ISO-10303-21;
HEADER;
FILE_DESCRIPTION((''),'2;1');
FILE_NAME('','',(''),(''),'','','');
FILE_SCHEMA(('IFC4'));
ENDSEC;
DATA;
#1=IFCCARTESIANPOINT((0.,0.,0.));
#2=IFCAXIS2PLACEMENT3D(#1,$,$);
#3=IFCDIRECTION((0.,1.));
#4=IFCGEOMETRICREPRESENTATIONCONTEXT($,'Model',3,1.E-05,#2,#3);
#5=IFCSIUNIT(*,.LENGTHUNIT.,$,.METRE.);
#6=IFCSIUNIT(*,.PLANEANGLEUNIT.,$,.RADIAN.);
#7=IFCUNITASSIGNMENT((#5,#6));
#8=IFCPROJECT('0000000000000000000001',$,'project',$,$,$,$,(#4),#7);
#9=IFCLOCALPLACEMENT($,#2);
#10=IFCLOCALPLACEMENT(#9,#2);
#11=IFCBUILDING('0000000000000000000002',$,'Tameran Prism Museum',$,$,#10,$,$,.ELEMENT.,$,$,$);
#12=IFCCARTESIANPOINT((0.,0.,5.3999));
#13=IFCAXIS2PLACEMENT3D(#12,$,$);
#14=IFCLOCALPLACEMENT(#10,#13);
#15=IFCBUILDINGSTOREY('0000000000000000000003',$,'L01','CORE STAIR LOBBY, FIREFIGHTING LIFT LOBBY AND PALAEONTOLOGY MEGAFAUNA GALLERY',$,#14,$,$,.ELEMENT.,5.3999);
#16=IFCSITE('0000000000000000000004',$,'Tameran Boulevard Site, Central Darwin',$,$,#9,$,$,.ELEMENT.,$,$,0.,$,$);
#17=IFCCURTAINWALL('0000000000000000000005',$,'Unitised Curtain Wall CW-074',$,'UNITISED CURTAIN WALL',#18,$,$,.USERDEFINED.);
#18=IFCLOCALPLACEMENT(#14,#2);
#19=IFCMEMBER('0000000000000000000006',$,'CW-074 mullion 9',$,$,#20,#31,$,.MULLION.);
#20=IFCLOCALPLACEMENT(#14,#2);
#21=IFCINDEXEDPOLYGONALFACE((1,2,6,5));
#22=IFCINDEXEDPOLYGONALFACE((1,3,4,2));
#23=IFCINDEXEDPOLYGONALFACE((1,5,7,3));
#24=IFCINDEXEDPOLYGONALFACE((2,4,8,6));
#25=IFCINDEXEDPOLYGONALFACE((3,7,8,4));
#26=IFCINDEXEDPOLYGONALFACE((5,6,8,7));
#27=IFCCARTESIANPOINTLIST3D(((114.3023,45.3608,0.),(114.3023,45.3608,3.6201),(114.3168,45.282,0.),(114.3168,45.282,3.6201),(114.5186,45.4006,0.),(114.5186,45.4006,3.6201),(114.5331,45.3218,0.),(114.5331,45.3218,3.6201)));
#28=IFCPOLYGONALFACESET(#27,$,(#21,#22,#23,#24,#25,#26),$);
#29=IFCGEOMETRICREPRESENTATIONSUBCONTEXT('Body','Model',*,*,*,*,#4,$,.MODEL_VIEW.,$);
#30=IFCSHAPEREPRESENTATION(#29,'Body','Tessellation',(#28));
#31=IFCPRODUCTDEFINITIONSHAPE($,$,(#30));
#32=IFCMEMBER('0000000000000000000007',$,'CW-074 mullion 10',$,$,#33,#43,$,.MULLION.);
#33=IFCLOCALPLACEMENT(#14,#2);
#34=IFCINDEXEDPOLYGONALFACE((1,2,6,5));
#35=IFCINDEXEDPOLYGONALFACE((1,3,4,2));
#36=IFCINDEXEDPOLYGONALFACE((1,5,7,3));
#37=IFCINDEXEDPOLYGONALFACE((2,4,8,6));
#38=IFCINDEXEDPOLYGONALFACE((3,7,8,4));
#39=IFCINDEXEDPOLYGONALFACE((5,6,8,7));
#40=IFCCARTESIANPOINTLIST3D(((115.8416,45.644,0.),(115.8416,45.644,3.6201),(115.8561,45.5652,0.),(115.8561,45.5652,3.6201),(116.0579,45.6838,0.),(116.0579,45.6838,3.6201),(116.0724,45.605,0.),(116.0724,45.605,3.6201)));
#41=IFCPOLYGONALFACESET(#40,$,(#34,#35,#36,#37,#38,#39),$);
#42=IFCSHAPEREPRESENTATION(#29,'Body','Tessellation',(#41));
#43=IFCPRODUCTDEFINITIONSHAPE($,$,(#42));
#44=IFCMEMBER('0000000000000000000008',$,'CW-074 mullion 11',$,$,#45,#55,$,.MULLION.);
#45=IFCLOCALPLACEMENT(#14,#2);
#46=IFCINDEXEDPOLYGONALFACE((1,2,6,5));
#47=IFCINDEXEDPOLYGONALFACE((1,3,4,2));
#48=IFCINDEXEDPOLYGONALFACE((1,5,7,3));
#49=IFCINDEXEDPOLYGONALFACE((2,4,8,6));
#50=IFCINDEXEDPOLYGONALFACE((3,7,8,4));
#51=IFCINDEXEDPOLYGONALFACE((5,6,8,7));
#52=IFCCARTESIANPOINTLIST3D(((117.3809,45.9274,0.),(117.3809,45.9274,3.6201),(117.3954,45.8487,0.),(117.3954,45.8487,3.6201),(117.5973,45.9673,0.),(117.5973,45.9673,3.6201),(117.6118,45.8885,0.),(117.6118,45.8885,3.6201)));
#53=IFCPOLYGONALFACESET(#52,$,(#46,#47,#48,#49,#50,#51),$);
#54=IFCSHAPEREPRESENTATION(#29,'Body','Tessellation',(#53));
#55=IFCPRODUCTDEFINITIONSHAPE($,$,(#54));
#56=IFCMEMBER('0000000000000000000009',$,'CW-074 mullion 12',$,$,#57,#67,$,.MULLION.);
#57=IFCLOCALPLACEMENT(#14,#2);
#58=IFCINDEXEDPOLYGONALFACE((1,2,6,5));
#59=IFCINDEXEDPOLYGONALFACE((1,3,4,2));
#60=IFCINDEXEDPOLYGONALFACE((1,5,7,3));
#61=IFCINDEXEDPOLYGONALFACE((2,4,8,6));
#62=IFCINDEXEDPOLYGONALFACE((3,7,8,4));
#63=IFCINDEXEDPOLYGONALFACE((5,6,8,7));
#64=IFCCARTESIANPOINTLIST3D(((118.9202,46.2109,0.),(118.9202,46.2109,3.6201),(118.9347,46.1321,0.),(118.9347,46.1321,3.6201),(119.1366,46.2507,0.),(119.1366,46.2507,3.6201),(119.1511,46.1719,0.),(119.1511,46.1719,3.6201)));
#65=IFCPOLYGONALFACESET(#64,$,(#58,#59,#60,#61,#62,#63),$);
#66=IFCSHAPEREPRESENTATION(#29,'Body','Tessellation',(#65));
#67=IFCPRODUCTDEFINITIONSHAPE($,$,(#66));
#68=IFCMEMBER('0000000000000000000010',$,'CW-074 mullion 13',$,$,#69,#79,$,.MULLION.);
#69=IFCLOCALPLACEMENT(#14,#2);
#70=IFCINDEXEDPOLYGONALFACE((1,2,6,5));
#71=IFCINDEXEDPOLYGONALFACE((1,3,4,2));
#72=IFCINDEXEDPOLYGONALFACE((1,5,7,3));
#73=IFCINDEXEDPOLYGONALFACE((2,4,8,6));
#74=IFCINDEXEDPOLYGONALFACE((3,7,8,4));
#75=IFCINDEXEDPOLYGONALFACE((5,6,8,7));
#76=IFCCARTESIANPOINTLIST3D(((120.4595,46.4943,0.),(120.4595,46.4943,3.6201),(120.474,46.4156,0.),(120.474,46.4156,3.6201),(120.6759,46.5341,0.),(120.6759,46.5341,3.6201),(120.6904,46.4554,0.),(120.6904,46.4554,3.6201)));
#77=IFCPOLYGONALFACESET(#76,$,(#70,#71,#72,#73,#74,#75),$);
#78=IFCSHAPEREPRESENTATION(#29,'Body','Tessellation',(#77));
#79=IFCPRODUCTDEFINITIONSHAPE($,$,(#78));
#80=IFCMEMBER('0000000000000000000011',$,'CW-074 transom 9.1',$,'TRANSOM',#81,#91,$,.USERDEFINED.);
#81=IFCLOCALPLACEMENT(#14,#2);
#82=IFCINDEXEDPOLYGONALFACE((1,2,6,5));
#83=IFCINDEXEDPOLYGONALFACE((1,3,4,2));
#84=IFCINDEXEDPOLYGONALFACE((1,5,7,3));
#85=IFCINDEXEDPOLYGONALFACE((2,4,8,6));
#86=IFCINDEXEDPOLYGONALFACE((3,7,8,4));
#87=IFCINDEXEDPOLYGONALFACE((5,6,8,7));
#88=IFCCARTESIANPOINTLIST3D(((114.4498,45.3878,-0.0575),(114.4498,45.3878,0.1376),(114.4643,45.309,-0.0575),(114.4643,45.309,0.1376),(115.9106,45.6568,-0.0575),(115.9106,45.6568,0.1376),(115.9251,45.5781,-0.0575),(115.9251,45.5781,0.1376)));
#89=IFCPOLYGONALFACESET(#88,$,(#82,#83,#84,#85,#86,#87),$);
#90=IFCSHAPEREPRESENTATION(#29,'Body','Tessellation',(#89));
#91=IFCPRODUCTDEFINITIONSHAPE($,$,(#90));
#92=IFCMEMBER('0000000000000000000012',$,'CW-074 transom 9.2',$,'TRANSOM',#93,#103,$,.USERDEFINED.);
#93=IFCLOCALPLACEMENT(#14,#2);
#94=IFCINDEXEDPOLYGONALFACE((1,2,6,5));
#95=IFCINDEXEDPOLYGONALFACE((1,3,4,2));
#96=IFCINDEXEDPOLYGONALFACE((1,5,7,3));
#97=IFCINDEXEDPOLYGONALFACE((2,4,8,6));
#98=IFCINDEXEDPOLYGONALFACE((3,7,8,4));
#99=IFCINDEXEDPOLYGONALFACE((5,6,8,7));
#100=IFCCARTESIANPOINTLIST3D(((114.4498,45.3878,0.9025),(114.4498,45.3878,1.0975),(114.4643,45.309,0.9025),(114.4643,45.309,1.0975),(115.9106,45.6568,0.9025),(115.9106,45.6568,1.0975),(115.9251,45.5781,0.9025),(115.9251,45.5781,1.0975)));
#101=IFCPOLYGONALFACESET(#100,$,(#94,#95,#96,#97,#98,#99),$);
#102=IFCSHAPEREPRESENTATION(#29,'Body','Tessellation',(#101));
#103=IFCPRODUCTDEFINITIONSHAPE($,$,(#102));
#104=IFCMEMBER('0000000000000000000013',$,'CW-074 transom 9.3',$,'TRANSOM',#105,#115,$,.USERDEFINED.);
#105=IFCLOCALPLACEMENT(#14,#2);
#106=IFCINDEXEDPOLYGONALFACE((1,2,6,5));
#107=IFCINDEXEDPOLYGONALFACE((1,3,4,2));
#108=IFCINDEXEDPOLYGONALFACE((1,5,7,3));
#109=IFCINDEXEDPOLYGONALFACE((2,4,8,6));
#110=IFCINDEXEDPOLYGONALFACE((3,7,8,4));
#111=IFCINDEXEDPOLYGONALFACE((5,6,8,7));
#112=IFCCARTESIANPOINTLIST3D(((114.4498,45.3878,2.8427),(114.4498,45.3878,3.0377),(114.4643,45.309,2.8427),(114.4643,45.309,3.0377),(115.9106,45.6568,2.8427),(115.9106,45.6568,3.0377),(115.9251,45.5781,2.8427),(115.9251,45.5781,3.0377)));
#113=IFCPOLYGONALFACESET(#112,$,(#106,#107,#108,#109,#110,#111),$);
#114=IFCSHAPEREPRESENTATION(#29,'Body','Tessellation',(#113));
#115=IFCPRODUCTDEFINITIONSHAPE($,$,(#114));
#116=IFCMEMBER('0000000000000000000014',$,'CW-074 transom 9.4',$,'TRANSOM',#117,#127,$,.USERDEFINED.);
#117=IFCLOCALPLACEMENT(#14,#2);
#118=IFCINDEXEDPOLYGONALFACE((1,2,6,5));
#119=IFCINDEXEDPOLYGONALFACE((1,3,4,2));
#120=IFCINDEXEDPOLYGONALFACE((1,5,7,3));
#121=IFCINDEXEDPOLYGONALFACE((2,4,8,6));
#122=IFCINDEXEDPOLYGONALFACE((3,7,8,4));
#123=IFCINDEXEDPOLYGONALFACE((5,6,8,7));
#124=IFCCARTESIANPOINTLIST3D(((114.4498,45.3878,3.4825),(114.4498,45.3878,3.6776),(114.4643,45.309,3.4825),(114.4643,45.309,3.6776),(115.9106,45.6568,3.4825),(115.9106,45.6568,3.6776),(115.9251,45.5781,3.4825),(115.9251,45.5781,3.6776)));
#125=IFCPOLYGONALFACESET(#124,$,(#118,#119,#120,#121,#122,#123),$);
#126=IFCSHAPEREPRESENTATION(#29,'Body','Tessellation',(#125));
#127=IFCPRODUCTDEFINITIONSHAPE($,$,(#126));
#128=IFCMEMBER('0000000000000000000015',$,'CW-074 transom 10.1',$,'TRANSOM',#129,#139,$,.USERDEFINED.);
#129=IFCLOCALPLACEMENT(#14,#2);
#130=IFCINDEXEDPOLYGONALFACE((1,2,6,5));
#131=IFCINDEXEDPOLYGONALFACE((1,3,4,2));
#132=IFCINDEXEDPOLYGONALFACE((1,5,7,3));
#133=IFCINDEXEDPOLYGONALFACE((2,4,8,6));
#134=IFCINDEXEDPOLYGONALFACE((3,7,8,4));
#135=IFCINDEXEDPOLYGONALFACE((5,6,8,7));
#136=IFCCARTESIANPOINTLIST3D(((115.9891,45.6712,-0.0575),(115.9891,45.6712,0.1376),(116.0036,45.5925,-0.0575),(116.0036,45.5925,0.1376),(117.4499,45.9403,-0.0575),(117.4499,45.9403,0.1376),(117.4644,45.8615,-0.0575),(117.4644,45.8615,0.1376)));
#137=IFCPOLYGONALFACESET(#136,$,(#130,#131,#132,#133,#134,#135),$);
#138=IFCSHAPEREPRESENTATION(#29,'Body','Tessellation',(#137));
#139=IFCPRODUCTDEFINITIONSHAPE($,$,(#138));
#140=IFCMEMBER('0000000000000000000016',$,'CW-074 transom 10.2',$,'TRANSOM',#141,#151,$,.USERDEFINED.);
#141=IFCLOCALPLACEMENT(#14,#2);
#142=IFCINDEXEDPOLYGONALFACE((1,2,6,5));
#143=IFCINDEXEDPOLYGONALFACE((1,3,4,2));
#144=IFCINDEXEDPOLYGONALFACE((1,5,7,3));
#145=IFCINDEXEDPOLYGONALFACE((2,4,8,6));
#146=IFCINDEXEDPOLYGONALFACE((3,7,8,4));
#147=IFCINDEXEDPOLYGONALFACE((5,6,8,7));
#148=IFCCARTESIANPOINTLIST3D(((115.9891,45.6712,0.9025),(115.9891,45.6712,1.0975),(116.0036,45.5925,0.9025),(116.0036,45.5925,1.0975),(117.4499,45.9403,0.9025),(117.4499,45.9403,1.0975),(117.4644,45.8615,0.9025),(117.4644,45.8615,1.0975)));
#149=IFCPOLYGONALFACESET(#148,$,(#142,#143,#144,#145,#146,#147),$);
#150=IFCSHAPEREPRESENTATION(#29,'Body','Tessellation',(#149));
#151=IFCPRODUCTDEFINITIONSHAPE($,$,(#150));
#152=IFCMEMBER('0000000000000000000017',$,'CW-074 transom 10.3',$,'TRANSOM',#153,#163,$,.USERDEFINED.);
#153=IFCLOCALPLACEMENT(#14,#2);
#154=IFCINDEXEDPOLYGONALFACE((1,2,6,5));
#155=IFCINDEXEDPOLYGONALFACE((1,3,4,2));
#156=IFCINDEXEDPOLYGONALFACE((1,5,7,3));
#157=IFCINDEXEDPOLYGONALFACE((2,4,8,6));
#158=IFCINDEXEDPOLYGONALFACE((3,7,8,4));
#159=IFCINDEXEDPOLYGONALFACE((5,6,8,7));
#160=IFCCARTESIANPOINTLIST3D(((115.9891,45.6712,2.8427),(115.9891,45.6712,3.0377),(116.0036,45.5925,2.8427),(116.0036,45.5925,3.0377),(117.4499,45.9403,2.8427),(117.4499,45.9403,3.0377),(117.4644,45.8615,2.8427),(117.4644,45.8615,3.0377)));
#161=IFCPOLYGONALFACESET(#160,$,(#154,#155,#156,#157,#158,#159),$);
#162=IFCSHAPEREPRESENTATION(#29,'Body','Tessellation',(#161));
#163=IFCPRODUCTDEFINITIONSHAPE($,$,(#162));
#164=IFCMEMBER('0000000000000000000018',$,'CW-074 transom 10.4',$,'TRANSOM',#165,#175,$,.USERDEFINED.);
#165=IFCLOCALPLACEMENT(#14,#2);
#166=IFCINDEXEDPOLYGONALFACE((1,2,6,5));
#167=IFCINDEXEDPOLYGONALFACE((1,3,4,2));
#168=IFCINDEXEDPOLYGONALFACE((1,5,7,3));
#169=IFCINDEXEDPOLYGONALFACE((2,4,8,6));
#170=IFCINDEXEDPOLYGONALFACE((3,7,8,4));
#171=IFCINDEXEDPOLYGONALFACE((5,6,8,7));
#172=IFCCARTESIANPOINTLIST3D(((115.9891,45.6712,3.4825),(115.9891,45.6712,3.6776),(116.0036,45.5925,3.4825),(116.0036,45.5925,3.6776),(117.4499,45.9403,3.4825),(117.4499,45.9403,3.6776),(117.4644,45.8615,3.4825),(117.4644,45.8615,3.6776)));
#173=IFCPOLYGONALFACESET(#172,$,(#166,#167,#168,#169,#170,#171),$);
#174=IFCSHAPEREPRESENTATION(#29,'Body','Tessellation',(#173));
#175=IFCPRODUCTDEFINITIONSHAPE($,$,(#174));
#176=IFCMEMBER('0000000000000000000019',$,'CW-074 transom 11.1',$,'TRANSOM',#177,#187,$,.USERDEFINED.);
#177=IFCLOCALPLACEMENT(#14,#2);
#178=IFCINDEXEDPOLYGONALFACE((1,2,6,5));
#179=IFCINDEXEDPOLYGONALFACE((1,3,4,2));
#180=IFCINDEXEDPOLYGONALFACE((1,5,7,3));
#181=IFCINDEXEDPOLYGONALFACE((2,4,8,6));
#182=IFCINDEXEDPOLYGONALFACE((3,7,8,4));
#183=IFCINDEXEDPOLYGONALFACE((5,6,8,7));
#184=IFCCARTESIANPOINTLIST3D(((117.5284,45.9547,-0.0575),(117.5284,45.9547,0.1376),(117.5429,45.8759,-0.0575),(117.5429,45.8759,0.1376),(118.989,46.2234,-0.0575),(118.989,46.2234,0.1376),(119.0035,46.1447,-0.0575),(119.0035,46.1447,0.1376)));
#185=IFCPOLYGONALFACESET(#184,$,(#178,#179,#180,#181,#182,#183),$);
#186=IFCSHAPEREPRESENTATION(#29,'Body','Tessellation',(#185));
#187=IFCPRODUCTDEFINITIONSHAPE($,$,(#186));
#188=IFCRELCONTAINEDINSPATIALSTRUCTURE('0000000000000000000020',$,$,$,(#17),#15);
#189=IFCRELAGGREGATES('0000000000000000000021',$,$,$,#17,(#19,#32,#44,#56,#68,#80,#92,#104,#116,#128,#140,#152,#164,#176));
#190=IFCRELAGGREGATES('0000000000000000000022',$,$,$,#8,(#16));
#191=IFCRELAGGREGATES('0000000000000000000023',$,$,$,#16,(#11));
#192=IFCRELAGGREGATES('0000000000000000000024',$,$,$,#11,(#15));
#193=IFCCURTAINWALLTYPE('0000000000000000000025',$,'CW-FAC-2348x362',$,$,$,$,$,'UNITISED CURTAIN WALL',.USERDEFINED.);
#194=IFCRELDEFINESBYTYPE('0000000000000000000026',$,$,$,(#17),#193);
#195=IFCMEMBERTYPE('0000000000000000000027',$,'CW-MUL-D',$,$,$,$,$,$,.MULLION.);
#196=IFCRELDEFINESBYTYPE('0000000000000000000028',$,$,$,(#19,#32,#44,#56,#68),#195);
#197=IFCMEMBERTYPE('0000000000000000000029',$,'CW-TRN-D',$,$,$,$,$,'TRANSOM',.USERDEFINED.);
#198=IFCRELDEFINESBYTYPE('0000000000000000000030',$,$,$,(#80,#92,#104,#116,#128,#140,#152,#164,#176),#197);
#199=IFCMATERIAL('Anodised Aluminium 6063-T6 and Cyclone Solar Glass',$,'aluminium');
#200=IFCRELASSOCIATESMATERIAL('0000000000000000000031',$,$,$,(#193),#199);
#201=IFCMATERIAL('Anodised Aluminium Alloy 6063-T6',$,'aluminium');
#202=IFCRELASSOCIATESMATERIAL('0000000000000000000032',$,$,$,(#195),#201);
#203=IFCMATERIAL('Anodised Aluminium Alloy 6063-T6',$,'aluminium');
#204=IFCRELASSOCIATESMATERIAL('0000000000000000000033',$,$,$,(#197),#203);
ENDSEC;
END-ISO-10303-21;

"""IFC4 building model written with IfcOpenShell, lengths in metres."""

from ifc_helpers import new_model, si_unit, direction, frame, origin, origin_2d, place, context, subcontext, project, spatial, rectangle, extrude, material, material_profile, profile_set, type_object, element, aggregate, save


model = new_model("IFC4")

# Units and contexts
model_context = context("Model", 3, precision=1e-05, world=origin(), true_north=direction((0.0, 1.0)))
body_context = subcontext(model_context, "Body", "Model", "MODEL_VIEW")
ifc_project = project(units=[si_unit("LENGTHUNIT", "METRE"), si_unit("PLANEANGLEUNIT", "RADIAN")], contexts=[model_context])

# Site, building, storey
site_placement = place(None, origin())
site = spatial("IfcSite", under=ifc_project, at=site_placement, Name="Tameran Boulevard Site, Central Darwin", CompositionType="ELEMENT", RefElevation=0.0)
building_placement = place(site_placement, origin())
building = spatial("IfcBuilding", under=site, at=building_placement, Name="Tameran Prism Museum", CompositionType="ELEMENT")
storey_placement = place(building_placement, frame((0.0, 0.0, 5.3999)))
storey = spatial("IfcBuildingStorey", under=building, at=storey_placement, Name="L01", Description="CORE STAIR LOBBY, FIREFIGHTING LIFT LOBBY AND PALAEONTOLOGY MEGAFAUNA GALLERY", CompositionType="ELEMENT", Elevation=5.3999)

# Curtain wall, members
ifc_material_1 = material(Name="Anodised Aluminium 6063-T6 and Cyclone Solar Glass", Category="aluminium")
curtain_wall_type = type_object("IfcCurtainWallType", Name="CW-FAC-2348x362", ElementType="UNITISED CURTAIN WALL", PredefinedType="USERDEFINED", material=ifc_material_1)
curtain_wall_placement = place(storey_placement, origin())
curtain_wall = element("IfcCurtainWall", 1, at=curtain_wall_placement, inside=storey, type_object=curtain_wall_type, Name="Unitised Curtain Wall CW-074", ObjectType="UNITISED CURTAIN WALL", PredefinedType="USERDEFINED")
ifc_material_2 = material(Name="Anodised Aluminium Alloy 6063-T6", Category="aluminium")
ifc_material_profile_1 = material_profile(ifc_material_2, rectangle(XDim=0.0801, YDim=0.22, at=origin_2d()))
ifc_profile_set_1 = profile_set([ifc_material_profile_1])
member_type_1 = type_object("IfcMemberType", Name="CW-MUL-D", PredefinedType="MULLION", material=ifc_profile_set_1)
member_1_placement = place(storey_placement, frame((114.4177, 45.3413, 0.0), z_axis=(0.0, 0.0, 1.0), x_axis=(-0.181063, 0.983472, 0.0)))
member_1 = element("IfcMember", 2, at=member_1_placement, type_object=member_type_1, Name="CW-074 mullion 9", PredefinedType="MULLION", context=body_context, shape_type="SweptSolid", body=[
    extrude(rectangle(XDim=0.0801, YDim=0.22, at=origin_2d()), origin(), (0.0, 0.0, 1.0), 3.6201),
])
member_2_placement = place(storey_placement, frame((115.957, 45.6245, 0.0), z_axis=(0.0, 0.0, 1.0), x_axis=(-0.181063, 0.983472, 0.0)))
member_2 = element("IfcMember", 3, at=member_2_placement, type_object=member_type_1, Name="CW-074 mullion 10", PredefinedType="MULLION", context=body_context, shape_type="SweptSolid", body=[
    extrude(rectangle(XDim=0.0801, YDim=0.22, at=origin_2d()), origin(), (0.0, 0.0, 1.0), 3.6201),
])
member_3_placement = place(storey_placement, frame((117.4963, 45.908, 0.0), z_axis=(0.0, 0.0, 1.0), x_axis=(-0.181063, 0.983472, 0.0)))
member_3 = element("IfcMember", 4, at=member_3_placement, type_object=member_type_1, Name="CW-074 mullion 11", PredefinedType="MULLION", context=body_context, shape_type="SweptSolid", body=[
    extrude(rectangle(XDim=0.0801, YDim=0.22, at=origin_2d()), origin(), (0.0, 0.0, 1.0), 3.6201),
])
member_4_placement = place(storey_placement, frame((119.0356, 46.1914, 0.0), z_axis=(0.0, 0.0, 1.0), x_axis=(-0.181063, 0.983472, 0.0)))
member_4 = element("IfcMember", 5, at=member_4_placement, type_object=member_type_1, Name="CW-074 mullion 12", PredefinedType="MULLION", context=body_context, shape_type="SweptSolid", body=[
    extrude(rectangle(XDim=0.0801, YDim=0.22, at=origin_2d()), origin(), (0.0, 0.0, 1.0), 3.6201),
])
member_5_placement = place(storey_placement, frame((120.575, 46.4749, 0.0), z_axis=(0.0, 0.0, 1.0), x_axis=(-0.181063, 0.983472, 0.0)))
member_5 = element("IfcMember", 6, at=member_5_placement, type_object=member_type_1, Name="CW-074 mullion 13", PredefinedType="MULLION", context=body_context, shape_type="SweptSolid", body=[
    extrude(rectangle(XDim=0.0801, YDim=0.22, at=origin_2d()), origin(), (0.0, 0.0, 1.0), 3.6201),
])
ifc_material_3 = material(Name="Anodised Aluminium Alloy 6063-T6", Category="aluminium")
ifc_material_profile_2 = material_profile(ifc_material_3, rectangle(XDim=0.0801, YDim=0.1951, at=origin_2d()))
ifc_profile_set_2 = profile_set([ifc_material_profile_2])
member_type_2 = type_object("IfcMemberType", Name="CW-TRN-D", ElementType="TRANSOM", PredefinedType="USERDEFINED", material=ifc_profile_set_2)
member_6_placement = place(storey_placement, frame((114.457, 45.3484, 0.04), z_axis=(0.983457, 0.181142, 0.0), x_axis=(-0.181142, 0.983457, 0.0)))
member_6 = element("IfcMember", 7, at=member_6_placement, type_object=member_type_2, Name="CW-074 transom 9.1", ObjectType="TRANSOM", PredefinedType="USERDEFINED", context=body_context, shape_type="SweptSolid", body=[
    extrude(rectangle(XDim=0.0801, YDim=0.1951, at=origin_2d()), origin(), (0.0, 0.0, 1.0), 1.4854),
])
member_7_placement = place(storey_placement, frame((114.457, 45.3484, 1.0), z_axis=(0.983457, 0.181142, 0.0), x_axis=(-0.181142, 0.983457, 0.0)))
member_7 = element("IfcMember", 8, at=member_7_placement, type_object=member_type_2, Name="CW-074 transom 9.2", ObjectType="TRANSOM", PredefinedType="USERDEFINED", context=body_context, shape_type="SweptSolid", body=[
    extrude(rectangle(XDim=0.0801, YDim=0.1951, at=origin_2d()), origin(), (0.0, 0.0, 1.0), 1.4854),
])
member_8_placement = place(storey_placement, frame((114.457, 45.3484, 2.9402), z_axis=(0.983457, 0.181142, 0.0), x_axis=(-0.181142, 0.983457, 0.0)))
member_8 = element("IfcMember", 9, at=member_8_placement, type_object=member_type_2, Name="CW-074 transom 9.3", ObjectType="TRANSOM", PredefinedType="USERDEFINED", context=body_context, shape_type="SweptSolid", body=[
    extrude(rectangle(XDim=0.0801, YDim=0.1951, at=origin_2d()), origin(), (0.0, 0.0, 1.0), 1.4854),
])
member_9_placement = place(storey_placement, frame((114.457, 45.3484, 3.5801), z_axis=(0.983457, 0.181142, 0.0), x_axis=(-0.181142, 0.983457, 0.0)))
member_9 = element("IfcMember", 10, at=member_9_placement, type_object=member_type_2, Name="CW-074 transom 9.4", ObjectType="TRANSOM", PredefinedType="USERDEFINED", context=body_context, shape_type="SweptSolid", body=[
    extrude(rectangle(XDim=0.0801, YDim=0.1951, at=origin_2d()), origin(), (0.0, 0.0, 1.0), 1.4854),
])
member_10_placement = place(storey_placement, frame((115.9963, 45.6318, 0.04), z_axis=(0.983457, 0.181142, 0.0), x_axis=(-0.181142, 0.983457, 0.0)))
member_10 = element("IfcMember", 11, at=member_10_placement, type_object=member_type_2, Name="CW-074 transom 10.1", ObjectType="TRANSOM", PredefinedType="USERDEFINED", context=body_context, shape_type="SweptSolid", body=[
    extrude(rectangle(XDim=0.0801, YDim=0.1951, at=origin_2d()), origin(), (0.0, 0.0, 1.0), 1.4854),
])
member_11_placement = place(storey_placement, frame((115.9963, 45.6318, 1.0), z_axis=(0.983457, 0.181142, 0.0), x_axis=(-0.181142, 0.983457, 0.0)))
member_11 = element("IfcMember", 12, at=member_11_placement, type_object=member_type_2, Name="CW-074 transom 10.2", ObjectType="TRANSOM", PredefinedType="USERDEFINED", context=body_context, shape_type="SweptSolid", body=[
    extrude(rectangle(XDim=0.0801, YDim=0.1951, at=origin_2d()), origin(), (0.0, 0.0, 1.0), 1.4854),
])
member_12_placement = place(storey_placement, frame((115.9963, 45.6318, 2.9402), z_axis=(0.983457, 0.181142, 0.0), x_axis=(-0.181142, 0.983457, 0.0)))
member_12 = element("IfcMember", 13, at=member_12_placement, type_object=member_type_2, Name="CW-074 transom 10.3", ObjectType="TRANSOM", PredefinedType="USERDEFINED", context=body_context, shape_type="SweptSolid", body=[
    extrude(rectangle(XDim=0.0801, YDim=0.1951, at=origin_2d()), origin(), (0.0, 0.0, 1.0), 1.4854),
])
member_13_placement = place(storey_placement, frame((115.9963, 45.6318, 3.5801), z_axis=(0.983457, 0.181142, 0.0), x_axis=(-0.181142, 0.983457, 0.0)))
member_13 = element("IfcMember", 14, at=member_13_placement, type_object=member_type_2, Name="CW-074 transom 10.4", ObjectType="TRANSOM", PredefinedType="USERDEFINED", context=body_context, shape_type="SweptSolid", body=[
    extrude(rectangle(XDim=0.0801, YDim=0.1951, at=origin_2d()), origin(), (0.0, 0.0, 1.0), 1.4854),
])
member_14_placement = place(storey_placement, frame((117.5356, 45.9153, 0.04), z_axis=(0.983486, 0.180983, 0.0), x_axis=(-0.180983, 0.983486, 0.0)))
member_14 = element("IfcMember", 15, at=member_14_placement, type_object=member_type_2, Name="CW-074 transom 11.1", ObjectType="TRANSOM", PredefinedType="USERDEFINED", context=body_context, shape_type="SweptSolid", body=[
    extrude(rectangle(XDim=0.0801, YDim=0.1951, at=origin_2d()), origin(), (0.0, 0.0, 1.0), 1.4851),
])
aggregate(curtain_wall, [member_1, member_2, member_3, member_4, member_5, member_6, member_7, member_8, member_9, member_10, member_11, member_12, member_13, member_14])

save(model, "model.ifc")
